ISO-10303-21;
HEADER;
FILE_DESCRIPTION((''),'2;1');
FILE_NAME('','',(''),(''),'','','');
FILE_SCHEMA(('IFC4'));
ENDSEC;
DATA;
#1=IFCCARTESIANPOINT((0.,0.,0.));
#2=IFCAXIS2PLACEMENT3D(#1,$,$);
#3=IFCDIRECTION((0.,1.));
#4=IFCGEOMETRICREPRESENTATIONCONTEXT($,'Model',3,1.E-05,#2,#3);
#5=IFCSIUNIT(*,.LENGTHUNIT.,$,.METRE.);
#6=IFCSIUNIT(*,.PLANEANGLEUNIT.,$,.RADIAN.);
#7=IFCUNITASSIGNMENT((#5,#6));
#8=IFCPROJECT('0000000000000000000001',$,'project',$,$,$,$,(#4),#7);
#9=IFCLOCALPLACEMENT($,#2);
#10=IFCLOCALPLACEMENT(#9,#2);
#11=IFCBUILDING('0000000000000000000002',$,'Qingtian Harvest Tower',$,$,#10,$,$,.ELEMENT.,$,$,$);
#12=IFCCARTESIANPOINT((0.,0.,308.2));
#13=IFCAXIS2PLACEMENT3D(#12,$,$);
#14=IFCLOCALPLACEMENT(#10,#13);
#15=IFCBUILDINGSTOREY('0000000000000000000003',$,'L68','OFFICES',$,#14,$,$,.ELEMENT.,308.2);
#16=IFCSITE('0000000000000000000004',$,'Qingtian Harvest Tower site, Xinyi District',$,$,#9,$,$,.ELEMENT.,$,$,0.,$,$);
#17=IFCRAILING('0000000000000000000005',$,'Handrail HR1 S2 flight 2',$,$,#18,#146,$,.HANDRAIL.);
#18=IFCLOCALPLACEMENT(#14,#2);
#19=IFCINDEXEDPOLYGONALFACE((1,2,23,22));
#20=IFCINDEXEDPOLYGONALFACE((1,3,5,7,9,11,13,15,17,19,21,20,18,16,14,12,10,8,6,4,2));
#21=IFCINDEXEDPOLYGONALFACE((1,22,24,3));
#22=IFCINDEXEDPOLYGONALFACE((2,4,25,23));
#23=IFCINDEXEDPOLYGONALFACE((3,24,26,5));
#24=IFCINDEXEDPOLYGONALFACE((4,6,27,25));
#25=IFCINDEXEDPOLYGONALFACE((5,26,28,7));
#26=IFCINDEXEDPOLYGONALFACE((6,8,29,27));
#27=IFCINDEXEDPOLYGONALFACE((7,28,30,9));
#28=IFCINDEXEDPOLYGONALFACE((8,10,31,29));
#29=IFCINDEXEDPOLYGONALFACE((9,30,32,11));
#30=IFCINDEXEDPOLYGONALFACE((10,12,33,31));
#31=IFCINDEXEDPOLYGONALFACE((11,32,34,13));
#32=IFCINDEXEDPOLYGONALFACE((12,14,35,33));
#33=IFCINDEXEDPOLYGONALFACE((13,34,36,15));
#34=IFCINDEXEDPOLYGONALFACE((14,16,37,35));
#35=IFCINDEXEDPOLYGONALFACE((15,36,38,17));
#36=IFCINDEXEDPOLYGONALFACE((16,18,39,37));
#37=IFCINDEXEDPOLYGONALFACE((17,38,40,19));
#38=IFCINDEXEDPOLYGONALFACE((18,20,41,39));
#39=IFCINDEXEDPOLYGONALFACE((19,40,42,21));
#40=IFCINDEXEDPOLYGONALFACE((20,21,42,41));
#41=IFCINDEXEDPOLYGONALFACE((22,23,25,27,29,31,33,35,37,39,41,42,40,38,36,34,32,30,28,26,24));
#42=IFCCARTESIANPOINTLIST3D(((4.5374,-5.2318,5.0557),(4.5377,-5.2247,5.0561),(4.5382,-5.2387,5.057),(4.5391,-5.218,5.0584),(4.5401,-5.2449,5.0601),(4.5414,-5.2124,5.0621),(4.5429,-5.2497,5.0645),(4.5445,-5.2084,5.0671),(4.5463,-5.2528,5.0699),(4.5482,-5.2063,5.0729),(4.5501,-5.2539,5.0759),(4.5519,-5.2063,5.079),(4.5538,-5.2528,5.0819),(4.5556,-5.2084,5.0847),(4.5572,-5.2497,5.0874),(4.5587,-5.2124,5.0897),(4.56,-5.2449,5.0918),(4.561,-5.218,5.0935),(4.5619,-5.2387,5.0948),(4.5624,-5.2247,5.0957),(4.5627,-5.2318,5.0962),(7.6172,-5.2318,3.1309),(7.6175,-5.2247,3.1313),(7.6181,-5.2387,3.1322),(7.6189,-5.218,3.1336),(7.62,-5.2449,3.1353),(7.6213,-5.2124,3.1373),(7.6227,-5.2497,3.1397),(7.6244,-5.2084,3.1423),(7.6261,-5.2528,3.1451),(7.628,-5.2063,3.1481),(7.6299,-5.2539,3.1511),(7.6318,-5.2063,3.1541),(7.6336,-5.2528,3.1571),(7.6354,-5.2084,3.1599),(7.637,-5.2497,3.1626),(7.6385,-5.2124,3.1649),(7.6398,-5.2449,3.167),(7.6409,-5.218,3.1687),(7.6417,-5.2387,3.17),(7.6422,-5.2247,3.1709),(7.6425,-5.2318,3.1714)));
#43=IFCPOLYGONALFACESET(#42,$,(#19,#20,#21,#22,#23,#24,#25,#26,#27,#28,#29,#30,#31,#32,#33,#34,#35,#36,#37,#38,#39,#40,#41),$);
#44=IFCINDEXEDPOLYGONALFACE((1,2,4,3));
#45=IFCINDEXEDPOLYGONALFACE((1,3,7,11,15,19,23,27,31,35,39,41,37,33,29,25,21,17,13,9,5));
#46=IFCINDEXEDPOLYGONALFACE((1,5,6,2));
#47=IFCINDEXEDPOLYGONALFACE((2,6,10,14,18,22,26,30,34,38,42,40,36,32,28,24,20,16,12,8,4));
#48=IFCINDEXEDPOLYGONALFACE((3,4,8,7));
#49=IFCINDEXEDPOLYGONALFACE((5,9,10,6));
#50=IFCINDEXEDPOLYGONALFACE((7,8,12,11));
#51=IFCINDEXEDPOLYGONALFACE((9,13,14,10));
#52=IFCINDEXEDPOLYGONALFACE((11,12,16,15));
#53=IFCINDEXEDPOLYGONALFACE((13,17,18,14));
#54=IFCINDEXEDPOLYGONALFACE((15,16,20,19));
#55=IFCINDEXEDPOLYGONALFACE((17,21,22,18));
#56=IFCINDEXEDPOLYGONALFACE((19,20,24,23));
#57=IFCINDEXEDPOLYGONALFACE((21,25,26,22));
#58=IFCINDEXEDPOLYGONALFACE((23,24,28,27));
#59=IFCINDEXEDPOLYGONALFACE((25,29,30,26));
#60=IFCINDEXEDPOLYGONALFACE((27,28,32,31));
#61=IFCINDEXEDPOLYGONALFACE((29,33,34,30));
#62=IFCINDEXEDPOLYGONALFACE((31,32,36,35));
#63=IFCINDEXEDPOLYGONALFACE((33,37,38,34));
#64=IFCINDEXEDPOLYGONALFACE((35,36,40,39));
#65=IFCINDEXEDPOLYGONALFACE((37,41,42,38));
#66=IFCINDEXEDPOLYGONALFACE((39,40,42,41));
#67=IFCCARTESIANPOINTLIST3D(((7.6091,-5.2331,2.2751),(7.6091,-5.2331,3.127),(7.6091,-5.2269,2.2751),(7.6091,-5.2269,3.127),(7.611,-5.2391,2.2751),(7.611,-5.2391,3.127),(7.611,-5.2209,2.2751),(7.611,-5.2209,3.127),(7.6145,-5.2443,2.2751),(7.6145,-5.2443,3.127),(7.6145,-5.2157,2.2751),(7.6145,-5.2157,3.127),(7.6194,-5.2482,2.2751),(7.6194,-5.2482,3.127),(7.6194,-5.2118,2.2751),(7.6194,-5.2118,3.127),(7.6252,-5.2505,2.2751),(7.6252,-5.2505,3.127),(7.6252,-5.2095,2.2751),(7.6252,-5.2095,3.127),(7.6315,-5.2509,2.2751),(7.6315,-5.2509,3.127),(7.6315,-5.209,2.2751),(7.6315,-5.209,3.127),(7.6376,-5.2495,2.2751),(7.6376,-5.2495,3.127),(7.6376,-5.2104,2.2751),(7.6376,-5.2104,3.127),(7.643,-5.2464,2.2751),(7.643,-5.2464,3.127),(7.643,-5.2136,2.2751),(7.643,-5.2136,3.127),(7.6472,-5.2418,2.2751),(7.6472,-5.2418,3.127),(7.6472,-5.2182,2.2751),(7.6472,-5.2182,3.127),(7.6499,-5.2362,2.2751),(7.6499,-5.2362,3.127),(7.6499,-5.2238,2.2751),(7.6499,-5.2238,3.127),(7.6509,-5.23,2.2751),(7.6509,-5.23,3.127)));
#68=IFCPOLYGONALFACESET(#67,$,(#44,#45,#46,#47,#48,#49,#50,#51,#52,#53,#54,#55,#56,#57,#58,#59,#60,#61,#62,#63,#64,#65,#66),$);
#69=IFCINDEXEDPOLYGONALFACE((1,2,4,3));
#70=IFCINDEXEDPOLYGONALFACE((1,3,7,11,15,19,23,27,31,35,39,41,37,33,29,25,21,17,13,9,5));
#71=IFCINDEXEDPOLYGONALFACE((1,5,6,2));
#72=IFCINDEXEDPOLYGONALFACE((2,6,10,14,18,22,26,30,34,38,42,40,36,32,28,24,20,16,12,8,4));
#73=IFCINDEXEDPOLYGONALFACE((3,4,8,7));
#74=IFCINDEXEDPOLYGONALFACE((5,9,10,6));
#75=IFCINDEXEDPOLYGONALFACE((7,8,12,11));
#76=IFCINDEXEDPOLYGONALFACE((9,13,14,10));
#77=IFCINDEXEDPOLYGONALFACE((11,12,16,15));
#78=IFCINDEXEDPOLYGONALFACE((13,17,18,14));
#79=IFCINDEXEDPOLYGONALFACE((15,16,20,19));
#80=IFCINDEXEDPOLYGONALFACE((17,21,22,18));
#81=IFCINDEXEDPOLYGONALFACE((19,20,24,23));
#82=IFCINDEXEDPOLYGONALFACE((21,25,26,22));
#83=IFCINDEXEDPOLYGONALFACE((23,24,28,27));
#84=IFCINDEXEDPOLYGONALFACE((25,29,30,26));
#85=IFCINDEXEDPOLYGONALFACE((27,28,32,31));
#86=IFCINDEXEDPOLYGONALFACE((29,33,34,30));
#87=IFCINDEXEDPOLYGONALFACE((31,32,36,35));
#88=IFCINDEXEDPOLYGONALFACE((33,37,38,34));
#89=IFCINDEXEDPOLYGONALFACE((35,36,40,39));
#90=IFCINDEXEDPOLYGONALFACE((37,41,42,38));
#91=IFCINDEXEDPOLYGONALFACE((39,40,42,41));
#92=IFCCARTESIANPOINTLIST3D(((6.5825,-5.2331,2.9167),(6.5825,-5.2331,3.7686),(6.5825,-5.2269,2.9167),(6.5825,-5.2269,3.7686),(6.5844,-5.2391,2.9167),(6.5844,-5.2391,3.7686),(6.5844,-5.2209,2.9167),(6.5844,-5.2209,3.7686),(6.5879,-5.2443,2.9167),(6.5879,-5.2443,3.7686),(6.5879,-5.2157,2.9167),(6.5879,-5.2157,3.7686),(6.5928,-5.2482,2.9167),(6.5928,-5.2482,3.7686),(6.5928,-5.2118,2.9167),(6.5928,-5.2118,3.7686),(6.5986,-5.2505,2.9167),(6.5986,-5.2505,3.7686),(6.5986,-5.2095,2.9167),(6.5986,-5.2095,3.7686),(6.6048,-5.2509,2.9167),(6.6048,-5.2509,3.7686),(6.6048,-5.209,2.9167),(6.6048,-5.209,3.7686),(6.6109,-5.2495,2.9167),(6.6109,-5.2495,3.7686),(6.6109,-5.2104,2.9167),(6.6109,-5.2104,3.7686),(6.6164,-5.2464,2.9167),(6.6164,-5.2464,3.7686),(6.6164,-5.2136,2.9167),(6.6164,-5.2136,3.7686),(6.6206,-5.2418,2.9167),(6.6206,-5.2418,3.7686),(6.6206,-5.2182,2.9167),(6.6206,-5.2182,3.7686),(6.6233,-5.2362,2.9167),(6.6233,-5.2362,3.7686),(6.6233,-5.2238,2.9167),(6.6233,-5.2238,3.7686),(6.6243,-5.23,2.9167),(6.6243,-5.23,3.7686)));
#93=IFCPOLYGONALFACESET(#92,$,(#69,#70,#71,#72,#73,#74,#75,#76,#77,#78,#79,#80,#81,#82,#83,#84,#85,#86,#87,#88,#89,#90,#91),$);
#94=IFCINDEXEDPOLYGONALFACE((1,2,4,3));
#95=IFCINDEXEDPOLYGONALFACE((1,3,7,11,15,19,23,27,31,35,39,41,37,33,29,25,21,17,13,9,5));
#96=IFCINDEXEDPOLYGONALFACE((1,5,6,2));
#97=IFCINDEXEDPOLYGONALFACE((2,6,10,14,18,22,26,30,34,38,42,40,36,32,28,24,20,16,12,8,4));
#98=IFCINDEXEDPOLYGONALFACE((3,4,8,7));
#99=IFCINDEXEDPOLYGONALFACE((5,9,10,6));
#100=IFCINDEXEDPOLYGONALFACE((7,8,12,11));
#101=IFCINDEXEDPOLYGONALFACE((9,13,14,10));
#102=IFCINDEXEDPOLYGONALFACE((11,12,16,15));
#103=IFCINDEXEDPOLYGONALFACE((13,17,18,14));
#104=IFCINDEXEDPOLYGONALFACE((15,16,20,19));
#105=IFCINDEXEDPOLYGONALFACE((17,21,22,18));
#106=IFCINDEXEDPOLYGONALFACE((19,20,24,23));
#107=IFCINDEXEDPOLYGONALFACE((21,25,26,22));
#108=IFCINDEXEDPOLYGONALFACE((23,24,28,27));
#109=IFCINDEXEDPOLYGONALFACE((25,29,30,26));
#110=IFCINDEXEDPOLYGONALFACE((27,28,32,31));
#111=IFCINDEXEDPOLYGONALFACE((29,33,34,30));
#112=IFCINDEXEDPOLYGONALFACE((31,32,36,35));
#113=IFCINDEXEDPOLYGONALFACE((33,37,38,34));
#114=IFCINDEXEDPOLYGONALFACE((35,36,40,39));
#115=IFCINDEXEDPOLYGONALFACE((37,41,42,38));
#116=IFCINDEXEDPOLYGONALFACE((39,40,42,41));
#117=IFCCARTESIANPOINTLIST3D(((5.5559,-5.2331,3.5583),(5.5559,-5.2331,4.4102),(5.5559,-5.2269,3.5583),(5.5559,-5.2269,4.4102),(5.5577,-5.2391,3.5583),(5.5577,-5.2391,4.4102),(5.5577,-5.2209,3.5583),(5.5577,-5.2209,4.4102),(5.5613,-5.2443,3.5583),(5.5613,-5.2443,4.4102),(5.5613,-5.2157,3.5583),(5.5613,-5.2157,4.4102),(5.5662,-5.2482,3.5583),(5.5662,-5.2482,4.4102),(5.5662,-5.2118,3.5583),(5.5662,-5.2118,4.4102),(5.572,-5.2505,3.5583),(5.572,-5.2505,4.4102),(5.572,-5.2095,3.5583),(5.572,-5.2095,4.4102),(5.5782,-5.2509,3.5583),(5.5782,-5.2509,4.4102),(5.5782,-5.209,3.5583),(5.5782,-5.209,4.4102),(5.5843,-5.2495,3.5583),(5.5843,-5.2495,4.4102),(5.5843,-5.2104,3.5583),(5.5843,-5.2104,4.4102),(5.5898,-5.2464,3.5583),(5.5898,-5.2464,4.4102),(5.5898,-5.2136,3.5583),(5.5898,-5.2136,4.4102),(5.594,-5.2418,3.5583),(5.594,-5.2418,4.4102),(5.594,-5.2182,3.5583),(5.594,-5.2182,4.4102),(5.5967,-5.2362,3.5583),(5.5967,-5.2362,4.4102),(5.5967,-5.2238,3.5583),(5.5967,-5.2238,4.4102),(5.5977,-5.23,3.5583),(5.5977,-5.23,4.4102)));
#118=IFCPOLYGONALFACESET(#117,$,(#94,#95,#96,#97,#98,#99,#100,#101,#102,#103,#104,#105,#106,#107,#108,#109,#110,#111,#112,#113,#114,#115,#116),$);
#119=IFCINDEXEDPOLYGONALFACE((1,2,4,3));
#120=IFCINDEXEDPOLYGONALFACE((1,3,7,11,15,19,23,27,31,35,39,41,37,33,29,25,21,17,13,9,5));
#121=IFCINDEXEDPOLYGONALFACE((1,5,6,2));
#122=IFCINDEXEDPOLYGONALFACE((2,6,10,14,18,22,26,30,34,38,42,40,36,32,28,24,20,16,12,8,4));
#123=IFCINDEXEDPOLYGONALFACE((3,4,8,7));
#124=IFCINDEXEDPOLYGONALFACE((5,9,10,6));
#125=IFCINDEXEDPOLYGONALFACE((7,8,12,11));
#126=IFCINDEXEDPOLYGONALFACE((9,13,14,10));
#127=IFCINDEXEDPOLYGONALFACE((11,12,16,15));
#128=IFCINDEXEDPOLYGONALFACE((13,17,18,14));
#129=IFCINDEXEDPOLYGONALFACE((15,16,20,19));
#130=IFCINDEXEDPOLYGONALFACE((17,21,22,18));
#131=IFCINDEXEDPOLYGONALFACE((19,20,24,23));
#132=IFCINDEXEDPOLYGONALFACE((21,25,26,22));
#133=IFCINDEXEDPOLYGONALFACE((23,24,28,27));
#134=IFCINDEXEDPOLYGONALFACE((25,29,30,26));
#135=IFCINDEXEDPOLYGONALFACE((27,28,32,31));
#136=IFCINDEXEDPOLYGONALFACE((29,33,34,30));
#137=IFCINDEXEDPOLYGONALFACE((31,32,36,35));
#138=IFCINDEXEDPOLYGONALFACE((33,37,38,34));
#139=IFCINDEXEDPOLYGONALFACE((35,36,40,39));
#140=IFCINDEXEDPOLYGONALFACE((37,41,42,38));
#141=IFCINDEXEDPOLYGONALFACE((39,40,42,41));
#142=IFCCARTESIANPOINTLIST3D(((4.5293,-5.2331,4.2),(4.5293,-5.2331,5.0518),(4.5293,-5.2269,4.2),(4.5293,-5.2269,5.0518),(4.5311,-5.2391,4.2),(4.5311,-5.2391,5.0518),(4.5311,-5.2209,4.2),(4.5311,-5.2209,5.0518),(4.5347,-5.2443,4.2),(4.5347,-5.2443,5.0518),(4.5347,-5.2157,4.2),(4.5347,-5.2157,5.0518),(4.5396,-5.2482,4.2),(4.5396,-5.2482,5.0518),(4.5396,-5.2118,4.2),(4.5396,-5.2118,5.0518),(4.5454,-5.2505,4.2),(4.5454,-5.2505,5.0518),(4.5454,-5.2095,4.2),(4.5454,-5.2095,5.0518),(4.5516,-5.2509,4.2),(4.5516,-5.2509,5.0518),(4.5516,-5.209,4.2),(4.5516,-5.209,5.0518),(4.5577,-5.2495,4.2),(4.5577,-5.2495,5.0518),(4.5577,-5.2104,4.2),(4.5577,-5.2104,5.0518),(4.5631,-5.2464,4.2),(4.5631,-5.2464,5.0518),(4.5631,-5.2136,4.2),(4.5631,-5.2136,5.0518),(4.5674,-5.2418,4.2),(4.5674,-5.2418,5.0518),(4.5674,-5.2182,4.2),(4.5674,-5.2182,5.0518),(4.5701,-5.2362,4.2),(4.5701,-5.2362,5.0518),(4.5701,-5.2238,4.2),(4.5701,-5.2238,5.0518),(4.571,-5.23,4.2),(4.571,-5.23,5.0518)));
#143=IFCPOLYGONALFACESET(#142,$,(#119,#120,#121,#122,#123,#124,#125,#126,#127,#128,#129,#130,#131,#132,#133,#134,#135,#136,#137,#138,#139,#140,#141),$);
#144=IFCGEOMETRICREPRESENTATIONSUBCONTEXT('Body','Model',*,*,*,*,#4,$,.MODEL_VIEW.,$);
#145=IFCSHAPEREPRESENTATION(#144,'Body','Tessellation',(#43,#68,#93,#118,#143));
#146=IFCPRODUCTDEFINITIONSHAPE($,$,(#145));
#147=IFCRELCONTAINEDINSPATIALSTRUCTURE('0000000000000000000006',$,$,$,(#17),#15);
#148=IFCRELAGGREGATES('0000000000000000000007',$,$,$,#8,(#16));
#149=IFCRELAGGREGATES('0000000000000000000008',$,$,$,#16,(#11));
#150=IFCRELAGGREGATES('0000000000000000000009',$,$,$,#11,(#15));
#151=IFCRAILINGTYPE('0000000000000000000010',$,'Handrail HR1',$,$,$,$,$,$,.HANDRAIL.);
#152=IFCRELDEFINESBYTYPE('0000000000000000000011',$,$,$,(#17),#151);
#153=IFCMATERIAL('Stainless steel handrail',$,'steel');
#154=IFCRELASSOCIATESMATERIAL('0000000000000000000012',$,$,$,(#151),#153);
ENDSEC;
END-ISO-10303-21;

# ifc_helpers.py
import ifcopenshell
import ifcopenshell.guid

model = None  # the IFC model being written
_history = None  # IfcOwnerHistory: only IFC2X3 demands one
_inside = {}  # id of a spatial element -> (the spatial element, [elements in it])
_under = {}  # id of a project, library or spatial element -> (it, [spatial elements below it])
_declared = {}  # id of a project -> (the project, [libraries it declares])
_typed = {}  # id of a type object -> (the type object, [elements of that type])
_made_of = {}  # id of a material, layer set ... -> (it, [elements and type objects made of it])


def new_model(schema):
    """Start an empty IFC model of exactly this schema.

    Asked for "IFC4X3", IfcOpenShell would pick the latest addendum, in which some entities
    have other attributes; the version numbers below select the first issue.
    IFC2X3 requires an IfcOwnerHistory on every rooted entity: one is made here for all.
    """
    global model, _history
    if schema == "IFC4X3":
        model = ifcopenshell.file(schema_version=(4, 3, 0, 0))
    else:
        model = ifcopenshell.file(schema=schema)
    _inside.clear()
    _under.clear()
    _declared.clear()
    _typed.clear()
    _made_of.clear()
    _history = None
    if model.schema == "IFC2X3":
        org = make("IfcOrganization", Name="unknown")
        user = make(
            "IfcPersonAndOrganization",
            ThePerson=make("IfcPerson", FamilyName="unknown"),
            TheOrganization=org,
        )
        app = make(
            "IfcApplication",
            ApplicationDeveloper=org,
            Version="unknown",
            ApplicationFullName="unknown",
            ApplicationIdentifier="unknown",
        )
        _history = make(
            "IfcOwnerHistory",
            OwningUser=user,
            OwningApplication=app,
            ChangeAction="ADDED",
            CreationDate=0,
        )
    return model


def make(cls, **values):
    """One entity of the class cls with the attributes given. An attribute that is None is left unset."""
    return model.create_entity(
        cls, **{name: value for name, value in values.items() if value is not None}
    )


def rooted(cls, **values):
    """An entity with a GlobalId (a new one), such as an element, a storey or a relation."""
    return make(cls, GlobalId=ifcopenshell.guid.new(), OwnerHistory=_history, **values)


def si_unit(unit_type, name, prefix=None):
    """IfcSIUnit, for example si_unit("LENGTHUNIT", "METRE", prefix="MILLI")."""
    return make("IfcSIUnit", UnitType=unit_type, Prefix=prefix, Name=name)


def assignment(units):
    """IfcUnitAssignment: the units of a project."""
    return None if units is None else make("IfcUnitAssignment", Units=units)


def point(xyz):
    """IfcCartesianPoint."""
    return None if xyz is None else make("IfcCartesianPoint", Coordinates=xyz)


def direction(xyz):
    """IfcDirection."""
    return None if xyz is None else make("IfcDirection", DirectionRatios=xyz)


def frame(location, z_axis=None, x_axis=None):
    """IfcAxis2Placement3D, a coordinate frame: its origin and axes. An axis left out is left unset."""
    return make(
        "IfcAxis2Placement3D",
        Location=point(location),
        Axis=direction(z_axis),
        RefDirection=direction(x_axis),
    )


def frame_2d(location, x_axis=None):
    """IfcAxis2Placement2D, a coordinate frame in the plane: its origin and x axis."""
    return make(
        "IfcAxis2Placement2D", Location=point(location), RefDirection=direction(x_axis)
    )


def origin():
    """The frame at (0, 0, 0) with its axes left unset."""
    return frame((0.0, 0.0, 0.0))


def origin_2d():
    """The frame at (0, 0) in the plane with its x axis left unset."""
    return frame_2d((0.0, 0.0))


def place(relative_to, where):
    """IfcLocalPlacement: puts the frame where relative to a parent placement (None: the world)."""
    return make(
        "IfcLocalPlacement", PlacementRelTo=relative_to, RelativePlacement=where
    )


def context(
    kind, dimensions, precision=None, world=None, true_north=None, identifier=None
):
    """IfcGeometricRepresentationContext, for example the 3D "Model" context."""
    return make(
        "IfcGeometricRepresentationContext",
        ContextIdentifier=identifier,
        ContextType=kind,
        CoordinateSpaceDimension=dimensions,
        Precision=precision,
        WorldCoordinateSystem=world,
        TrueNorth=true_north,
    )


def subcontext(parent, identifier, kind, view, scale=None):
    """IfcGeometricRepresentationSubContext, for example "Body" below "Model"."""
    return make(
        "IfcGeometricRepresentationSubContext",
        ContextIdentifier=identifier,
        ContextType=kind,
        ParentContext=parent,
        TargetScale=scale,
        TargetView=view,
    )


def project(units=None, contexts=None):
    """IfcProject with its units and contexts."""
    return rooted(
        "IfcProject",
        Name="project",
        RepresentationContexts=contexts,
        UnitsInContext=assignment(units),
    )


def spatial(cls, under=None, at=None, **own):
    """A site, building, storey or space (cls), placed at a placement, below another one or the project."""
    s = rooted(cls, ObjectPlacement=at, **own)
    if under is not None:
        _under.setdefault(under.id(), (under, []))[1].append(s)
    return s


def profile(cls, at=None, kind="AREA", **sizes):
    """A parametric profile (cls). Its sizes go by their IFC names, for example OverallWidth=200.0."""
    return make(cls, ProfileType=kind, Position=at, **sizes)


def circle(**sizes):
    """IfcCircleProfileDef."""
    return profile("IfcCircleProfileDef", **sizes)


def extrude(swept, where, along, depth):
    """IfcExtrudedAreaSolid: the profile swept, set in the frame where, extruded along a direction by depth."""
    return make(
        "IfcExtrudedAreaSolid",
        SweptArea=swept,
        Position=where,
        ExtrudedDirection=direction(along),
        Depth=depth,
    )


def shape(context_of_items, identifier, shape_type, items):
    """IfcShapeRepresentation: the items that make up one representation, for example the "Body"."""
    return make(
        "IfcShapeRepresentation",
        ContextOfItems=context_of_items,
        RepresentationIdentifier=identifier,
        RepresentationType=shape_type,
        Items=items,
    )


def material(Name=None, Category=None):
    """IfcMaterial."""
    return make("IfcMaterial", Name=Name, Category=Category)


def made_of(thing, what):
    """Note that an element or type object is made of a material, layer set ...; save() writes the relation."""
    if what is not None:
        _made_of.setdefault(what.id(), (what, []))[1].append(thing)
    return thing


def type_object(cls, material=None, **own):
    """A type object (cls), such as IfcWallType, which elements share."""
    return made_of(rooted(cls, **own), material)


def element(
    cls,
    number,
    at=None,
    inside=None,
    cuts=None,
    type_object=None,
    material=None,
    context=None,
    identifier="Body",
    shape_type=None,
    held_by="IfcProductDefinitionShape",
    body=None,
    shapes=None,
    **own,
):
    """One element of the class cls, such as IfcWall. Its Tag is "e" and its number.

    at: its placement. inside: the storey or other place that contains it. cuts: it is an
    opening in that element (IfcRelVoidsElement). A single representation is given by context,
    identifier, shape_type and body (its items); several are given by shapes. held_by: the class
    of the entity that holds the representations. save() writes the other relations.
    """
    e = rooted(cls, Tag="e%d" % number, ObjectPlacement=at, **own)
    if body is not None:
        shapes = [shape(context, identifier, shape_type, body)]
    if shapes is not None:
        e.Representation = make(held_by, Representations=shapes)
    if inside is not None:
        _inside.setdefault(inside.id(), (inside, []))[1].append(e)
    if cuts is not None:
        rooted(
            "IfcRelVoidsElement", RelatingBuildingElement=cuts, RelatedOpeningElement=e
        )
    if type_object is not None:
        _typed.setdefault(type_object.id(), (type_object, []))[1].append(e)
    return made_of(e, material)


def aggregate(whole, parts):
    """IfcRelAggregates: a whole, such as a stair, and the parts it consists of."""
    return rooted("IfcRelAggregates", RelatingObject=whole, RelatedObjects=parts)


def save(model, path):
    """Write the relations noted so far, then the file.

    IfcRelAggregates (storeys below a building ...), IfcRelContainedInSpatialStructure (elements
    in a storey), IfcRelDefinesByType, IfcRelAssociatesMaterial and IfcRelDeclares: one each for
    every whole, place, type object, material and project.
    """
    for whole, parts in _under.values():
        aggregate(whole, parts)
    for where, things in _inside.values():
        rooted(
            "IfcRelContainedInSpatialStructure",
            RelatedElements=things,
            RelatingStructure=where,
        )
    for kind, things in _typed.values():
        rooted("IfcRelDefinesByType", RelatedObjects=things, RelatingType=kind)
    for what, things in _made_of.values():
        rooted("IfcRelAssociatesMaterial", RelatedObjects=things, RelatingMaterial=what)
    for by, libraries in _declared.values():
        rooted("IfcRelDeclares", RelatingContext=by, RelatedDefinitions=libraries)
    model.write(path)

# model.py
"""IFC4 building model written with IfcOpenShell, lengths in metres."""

from ifc_helpers import new_model, si_unit, direction, frame, origin, origin_2d, place, context, subcontext, project, spatial, circle, extrude, material, type_object, element, save


model = new_model("IFC4")

# Units and contexts
model_context = context("Model", 3, precision=1e-05, world=origin(), true_north=direction((0.0, 1.0)))
body_context = subcontext(model_context, "Body", "Model", "MODEL_VIEW")
ifc_project = project(units=[si_unit("LENGTHUNIT", "METRE"), si_unit("PLANEANGLEUNIT", "RADIAN")], contexts=[model_context])

# Site, building, storey
site_placement = place(None, origin())
site = spatial("IfcSite", under=ifc_project, at=site_placement, Name="Qingtian Harvest Tower site, Xinyi District", CompositionType="ELEMENT", RefElevation=0.0)
building_placement = place(site_placement, origin())
building = spatial("IfcBuilding", under=site, at=building_placement, Name="Qingtian Harvest Tower", CompositionType="ELEMENT")
storey_placement = place(building_placement, frame((0.0, 0.0, 308.2)))
storey = spatial("IfcBuildingStorey", under=building, at=storey_placement, Name="L68", Description="OFFICES", CompositionType="ELEMENT", Elevation=308.2)

# Railing
ifc_material_1 = material(Name="Stainless steel handrail", Category="steel")
railing_type = type_object("IfcRailingType", Name="Handrail HR1", PredefinedType="HANDRAIL", material=ifc_material_1)
railing_1_placement = place(storey_placement, frame((7.6299, -5.23, 2.2751)))
element("IfcRailing", 1, at=railing_1_placement, inside=storey, type_object=railing_type, Name="Handrail HR1 S2 flight 2", PredefinedType="HANDRAIL", context=body_context, shape_type="SweptSolid", body=[
    extrude(circle(Radius=0.0239, at=origin_2d()), frame((0.0, 0.0, 0.876), z_axis=(-0.84801, 0.0, 0.529981), x_axis=(0.0, -1.0, 0.0)), (0.0, 0.0, 1.0), 3.6318),
    extrude(circle(Radius=0.021, at=origin_2d()), origin(), (0.0, 0.0, 1.0), 0.8518),
    extrude(circle(Radius=0.021, at=origin_2d()), frame((-1.0266, 0.0, 0.6416)), (0.0, 0.0, 1.0), 0.8518),
    extrude(circle(Radius=0.021, at=origin_2d()), frame((-2.0532, 0.0, 1.2832)), (0.0, 0.0, 1.0), 0.8518),
    extrude(circle(Radius=0.021, at=origin_2d()), frame((-3.0798, 0.0, 1.9248)), (0.0, 0.0, 1.0), 0.8518),
])

save(model, "model.ifc")
